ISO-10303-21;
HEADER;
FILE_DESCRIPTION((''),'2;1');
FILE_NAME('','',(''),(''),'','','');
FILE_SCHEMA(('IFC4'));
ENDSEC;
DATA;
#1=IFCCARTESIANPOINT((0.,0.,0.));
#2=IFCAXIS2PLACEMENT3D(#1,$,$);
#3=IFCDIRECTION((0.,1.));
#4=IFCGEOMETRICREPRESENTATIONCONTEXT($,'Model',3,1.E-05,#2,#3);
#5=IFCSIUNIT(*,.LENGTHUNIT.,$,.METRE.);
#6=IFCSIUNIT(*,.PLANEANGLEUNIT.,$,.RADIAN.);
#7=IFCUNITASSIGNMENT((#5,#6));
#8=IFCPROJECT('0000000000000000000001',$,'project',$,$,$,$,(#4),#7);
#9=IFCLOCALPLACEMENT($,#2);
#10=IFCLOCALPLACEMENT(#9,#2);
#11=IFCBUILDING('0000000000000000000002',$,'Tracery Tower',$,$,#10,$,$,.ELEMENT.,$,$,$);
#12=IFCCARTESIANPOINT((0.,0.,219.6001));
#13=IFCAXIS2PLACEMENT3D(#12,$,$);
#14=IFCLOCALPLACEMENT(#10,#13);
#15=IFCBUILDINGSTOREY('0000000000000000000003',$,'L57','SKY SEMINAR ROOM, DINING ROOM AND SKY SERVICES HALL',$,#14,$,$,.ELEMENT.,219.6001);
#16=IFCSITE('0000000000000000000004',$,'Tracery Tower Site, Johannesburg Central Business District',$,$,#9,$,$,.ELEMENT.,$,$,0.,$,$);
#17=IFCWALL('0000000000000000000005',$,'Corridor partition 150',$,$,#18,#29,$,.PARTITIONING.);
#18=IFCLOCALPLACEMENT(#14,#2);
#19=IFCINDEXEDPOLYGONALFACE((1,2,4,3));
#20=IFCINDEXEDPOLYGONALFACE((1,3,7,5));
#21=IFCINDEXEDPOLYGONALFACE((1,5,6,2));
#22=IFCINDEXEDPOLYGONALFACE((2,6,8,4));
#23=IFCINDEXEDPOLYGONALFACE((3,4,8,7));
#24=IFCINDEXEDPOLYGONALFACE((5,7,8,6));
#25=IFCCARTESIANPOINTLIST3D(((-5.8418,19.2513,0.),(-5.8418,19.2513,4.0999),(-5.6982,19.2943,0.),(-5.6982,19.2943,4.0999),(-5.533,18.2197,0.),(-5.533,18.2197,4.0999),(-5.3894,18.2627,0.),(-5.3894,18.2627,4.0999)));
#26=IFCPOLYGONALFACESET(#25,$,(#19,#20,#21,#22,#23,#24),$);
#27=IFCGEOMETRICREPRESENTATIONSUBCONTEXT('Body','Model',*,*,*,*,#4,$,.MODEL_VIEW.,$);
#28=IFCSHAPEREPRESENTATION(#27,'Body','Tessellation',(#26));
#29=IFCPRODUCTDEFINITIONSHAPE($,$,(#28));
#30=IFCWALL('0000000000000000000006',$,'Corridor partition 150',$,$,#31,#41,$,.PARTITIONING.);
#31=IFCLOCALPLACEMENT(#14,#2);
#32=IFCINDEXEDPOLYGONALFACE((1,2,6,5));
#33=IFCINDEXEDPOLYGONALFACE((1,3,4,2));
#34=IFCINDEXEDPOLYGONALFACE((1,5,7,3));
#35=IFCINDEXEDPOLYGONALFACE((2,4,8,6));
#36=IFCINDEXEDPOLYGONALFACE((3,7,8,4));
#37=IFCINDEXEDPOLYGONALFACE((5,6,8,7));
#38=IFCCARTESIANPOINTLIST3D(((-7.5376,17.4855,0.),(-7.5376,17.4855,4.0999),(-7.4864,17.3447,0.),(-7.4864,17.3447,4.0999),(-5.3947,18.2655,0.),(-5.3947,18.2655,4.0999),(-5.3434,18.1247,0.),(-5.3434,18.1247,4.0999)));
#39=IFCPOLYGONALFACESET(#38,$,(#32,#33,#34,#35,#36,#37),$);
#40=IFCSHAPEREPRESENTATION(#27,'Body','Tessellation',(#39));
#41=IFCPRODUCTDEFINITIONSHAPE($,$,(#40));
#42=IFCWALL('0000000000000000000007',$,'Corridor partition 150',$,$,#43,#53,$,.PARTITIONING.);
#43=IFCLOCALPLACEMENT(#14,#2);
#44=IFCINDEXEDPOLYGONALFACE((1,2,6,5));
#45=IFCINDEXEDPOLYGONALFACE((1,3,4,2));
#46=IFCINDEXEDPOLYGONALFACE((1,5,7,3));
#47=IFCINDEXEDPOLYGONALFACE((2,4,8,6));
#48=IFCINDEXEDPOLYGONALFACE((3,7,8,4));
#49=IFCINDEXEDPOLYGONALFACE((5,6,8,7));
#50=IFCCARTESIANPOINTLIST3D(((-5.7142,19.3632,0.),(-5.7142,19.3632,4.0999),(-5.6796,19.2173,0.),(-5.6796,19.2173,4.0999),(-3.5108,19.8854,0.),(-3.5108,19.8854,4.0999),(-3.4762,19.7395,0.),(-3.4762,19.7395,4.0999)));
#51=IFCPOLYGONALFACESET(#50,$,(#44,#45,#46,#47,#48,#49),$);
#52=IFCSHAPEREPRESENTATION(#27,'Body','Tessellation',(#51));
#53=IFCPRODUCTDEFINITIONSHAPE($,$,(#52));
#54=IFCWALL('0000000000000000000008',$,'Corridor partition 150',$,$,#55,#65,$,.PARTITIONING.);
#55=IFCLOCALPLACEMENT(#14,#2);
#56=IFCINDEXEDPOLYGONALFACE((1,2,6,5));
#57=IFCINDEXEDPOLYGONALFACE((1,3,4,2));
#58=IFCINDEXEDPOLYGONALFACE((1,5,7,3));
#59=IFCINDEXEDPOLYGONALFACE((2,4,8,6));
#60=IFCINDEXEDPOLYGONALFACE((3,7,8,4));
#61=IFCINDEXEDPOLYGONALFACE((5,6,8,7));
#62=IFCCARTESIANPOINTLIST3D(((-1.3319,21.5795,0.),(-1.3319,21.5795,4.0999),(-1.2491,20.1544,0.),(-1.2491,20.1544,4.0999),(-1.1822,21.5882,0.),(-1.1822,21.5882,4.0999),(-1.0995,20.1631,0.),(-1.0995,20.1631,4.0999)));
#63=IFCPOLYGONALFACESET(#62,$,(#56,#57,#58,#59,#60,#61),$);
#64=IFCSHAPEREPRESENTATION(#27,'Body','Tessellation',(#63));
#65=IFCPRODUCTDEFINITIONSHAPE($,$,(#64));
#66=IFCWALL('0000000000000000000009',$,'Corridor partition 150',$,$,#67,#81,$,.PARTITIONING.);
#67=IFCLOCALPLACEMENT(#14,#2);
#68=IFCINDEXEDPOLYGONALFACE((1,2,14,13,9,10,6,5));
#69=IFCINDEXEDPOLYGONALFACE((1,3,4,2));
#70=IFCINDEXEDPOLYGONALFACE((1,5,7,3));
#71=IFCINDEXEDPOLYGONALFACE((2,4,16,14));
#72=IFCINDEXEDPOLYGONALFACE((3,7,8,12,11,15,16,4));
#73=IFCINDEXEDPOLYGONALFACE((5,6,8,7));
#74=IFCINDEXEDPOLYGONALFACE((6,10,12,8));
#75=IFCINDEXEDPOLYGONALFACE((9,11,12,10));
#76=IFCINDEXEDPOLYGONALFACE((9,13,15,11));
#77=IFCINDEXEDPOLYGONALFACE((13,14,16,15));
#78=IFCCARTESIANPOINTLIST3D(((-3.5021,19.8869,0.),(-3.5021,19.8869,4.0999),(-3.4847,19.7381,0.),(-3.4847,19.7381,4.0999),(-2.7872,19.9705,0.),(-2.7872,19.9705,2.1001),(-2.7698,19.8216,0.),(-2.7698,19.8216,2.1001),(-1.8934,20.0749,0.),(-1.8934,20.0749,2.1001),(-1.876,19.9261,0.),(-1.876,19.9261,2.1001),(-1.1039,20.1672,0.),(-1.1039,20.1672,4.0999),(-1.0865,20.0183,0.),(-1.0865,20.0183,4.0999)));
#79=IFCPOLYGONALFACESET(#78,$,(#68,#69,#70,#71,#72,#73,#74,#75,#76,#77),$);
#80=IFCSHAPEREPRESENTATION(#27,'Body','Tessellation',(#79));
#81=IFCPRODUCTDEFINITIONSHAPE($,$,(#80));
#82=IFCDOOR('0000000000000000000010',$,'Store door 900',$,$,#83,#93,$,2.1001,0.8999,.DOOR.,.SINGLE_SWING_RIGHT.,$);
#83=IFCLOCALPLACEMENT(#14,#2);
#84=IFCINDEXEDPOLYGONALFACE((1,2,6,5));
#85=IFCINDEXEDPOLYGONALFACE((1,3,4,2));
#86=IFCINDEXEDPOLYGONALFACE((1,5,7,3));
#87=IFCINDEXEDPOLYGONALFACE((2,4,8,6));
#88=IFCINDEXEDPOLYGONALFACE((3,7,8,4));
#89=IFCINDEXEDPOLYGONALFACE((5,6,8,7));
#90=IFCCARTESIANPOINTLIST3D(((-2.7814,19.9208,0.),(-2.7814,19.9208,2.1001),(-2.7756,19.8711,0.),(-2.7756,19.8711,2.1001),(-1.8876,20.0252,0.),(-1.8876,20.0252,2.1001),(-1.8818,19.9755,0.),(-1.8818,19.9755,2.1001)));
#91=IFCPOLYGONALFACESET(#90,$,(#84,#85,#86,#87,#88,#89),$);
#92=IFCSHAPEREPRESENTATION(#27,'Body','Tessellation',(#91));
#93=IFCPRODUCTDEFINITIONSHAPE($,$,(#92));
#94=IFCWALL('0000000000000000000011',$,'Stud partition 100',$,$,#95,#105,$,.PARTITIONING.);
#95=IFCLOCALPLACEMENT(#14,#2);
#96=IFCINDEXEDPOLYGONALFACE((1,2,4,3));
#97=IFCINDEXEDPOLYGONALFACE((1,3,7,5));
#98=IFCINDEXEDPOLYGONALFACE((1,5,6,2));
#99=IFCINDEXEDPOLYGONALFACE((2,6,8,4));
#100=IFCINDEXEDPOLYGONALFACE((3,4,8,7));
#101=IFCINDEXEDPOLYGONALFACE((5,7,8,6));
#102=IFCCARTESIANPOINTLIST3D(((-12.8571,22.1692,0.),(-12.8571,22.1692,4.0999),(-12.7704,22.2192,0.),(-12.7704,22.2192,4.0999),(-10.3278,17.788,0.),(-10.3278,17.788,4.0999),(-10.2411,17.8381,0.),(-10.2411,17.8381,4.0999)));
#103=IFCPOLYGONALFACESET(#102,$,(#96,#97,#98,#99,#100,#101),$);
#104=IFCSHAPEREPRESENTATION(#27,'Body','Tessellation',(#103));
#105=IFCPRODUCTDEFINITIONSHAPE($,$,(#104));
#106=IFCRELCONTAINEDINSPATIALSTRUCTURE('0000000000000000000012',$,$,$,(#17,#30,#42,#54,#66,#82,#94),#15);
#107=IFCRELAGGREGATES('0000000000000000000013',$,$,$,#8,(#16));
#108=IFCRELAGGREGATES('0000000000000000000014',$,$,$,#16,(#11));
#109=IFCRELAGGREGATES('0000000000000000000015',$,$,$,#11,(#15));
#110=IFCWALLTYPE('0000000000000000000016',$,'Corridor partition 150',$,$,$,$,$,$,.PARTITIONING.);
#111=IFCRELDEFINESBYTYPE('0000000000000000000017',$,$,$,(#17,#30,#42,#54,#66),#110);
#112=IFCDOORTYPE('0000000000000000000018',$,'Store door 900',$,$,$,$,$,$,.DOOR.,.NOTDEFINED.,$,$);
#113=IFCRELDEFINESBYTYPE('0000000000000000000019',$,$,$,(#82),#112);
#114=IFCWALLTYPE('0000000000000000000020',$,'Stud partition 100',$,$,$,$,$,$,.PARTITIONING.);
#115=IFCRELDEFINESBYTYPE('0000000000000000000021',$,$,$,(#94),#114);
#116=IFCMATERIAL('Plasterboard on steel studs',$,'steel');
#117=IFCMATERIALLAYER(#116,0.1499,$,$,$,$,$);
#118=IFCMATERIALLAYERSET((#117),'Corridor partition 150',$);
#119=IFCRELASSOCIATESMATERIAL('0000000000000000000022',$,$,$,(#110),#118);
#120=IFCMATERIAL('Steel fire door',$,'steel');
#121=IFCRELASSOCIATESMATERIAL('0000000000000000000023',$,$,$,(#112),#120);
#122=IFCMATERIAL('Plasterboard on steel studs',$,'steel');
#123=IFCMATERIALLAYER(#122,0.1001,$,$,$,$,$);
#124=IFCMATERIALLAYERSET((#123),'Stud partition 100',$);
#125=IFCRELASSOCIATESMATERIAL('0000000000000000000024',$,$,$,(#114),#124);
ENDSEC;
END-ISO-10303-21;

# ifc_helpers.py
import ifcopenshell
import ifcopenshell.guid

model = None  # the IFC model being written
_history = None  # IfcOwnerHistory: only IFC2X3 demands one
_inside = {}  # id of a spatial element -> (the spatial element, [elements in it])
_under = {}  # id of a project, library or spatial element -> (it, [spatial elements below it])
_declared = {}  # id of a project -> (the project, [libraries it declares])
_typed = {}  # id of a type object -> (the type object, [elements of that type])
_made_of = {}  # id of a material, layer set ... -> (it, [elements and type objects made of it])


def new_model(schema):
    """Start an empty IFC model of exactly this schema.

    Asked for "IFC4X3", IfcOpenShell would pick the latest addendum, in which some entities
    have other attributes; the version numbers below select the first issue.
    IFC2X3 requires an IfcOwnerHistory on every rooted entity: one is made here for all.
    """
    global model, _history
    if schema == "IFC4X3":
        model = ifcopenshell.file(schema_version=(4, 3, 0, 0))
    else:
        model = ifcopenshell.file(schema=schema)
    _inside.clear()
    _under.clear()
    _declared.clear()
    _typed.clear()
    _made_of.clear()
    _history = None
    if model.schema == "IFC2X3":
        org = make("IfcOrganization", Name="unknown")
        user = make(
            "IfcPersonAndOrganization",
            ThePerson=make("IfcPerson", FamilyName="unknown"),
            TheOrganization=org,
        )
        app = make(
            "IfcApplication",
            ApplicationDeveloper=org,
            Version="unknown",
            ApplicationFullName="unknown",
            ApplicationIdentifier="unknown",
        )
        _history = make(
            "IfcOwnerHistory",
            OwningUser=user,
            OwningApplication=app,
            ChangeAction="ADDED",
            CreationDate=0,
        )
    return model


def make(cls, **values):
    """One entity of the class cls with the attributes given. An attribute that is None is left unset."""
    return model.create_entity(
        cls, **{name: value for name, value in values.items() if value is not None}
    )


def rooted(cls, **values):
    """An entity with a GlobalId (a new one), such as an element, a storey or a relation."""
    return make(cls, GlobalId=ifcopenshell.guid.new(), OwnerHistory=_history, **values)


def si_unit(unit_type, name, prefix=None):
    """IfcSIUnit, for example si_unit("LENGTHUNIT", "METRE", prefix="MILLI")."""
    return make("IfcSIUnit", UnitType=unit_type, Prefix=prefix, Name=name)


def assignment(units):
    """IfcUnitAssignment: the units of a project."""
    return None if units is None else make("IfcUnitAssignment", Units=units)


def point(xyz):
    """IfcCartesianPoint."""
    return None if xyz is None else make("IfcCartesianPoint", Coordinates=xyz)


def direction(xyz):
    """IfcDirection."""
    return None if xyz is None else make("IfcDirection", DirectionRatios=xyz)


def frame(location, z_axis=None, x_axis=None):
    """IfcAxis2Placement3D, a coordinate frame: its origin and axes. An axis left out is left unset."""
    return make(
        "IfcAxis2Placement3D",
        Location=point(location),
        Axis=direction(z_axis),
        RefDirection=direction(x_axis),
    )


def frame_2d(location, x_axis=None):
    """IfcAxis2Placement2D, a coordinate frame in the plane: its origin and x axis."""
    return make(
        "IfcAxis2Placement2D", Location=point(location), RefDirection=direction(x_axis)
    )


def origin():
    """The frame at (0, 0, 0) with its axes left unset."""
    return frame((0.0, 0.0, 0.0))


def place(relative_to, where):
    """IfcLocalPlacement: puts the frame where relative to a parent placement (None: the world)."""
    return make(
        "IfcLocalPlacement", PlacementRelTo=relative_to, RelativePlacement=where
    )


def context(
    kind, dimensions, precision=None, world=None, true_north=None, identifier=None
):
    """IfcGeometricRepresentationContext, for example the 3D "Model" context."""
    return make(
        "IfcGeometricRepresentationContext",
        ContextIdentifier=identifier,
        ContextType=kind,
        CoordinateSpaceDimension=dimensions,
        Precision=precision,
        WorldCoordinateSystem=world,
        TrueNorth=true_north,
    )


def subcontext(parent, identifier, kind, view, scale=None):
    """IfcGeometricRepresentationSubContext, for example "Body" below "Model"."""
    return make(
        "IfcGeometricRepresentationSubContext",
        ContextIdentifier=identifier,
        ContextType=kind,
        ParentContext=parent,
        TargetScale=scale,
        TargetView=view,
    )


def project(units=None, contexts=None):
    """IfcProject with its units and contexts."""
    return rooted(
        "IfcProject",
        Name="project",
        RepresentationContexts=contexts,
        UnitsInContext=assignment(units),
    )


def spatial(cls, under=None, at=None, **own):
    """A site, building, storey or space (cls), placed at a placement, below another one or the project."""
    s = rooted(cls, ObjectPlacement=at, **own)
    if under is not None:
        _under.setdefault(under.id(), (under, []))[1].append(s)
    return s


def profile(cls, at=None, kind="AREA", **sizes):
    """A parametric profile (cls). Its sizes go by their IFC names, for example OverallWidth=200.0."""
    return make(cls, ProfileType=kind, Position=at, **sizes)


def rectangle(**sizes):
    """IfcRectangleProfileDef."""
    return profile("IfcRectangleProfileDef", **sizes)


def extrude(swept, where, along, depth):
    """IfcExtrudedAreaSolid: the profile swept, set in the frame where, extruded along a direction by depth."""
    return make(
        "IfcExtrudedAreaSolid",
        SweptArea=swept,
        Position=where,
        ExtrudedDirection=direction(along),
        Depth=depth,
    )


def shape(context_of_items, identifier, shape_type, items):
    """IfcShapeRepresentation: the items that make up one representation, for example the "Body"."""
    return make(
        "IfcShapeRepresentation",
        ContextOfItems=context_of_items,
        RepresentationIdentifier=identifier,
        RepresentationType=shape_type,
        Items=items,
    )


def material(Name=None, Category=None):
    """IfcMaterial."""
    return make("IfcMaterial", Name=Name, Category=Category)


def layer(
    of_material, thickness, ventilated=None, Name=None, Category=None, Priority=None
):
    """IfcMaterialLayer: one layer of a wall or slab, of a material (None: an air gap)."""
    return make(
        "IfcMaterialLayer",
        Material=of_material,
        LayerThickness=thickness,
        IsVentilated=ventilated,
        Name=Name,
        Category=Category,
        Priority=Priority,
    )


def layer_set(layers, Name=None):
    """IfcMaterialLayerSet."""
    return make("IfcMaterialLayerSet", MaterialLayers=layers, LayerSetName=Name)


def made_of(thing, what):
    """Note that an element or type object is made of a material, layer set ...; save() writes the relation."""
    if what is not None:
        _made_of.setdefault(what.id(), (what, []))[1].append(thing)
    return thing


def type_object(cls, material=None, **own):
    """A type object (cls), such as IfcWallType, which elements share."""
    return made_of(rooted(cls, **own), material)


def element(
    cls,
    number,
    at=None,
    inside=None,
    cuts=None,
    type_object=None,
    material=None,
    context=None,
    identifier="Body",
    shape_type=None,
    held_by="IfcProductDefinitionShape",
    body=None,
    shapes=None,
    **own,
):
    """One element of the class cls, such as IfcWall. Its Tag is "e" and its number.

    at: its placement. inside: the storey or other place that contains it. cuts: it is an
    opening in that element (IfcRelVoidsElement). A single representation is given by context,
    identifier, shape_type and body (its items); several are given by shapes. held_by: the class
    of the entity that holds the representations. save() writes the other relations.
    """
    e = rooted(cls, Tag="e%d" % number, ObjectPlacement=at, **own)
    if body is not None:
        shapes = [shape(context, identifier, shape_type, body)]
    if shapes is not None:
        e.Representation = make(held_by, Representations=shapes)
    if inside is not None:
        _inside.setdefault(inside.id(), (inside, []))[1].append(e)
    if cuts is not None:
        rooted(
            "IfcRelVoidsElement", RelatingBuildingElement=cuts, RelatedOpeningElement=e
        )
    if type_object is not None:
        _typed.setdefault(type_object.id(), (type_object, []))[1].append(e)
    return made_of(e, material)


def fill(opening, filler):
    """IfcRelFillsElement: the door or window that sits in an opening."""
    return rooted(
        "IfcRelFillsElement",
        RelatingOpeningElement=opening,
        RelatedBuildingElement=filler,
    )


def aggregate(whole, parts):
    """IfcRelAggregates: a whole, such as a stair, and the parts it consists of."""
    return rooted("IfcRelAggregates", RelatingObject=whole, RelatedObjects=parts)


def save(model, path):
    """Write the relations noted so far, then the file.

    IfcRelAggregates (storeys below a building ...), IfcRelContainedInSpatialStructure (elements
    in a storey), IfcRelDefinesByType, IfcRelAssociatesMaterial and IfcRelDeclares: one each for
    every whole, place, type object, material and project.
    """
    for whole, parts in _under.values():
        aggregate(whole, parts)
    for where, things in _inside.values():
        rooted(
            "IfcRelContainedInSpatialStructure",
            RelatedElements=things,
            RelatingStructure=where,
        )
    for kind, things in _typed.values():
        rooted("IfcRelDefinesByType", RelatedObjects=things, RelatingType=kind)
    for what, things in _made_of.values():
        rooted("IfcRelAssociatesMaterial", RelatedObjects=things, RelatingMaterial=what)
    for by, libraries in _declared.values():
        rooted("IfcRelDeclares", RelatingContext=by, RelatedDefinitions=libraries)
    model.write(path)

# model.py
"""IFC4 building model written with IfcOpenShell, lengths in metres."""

from ifc_helpers import new_model, si_unit, direction, frame, frame_2d, origin, place, context, subcontext, project, spatial, rectangle, extrude, material, layer, layer_set, type_object, element, fill, save


model = new_model("IFC4")

# Units and contexts
model_context = context("Model", 3, precision=1e-05, world=origin(), true_north=direction((0.0, 1.0)))
body_context = subcontext(model_context, "Body", "Model", "MODEL_VIEW")
ifc_project = project(units=[si_unit("LENGTHUNIT", "METRE"), si_unit("PLANEANGLEUNIT", "RADIAN")], contexts=[model_context])

# Site, building, storey
site_placement = place(None, origin())
site = spatial("IfcSite", under=ifc_project, at=site_placement, Name="Tracery Tower Site, Johannesburg Central Business District", CompositionType="ELEMENT", RefElevation=0.0)
building_placement = place(site_placement, origin())
building = spatial("IfcBuilding", under=site, at=building_placement, Name="Tracery Tower", CompositionType="ELEMENT")
storey_placement = place(building_placement, frame((0.0, 0.0, 219.6001)))
storey = spatial("IfcBuildingStorey", under=building, at=storey_placement, Name="L57", Description="SKY SEMINAR ROOM, DINING ROOM AND SKY SERVICES HALL", CompositionType="ELEMENT", Elevation=219.6001)

# Walls
ifc_material_1 = material(Name="Plasterboard on steel studs", Category="steel")
ifc_layer_1 = layer(ifc_material_1, 0.1499)
ifc_layer_set_1 = layer_set([ifc_layer_1], Name="Corridor partition 150")
wall_type_1 = type_object("IfcWallType", Name="Corridor partition 150", PredefinedType="PARTITIONING", material=ifc_layer_set_1)
wall_1_placement = place(storey_placement, frame((-5.77, 19.2729, 0.0), z_axis=(0.0, 0.0, 1.0), x_axis=(0.286766, -0.958001, 0.0)))
element("IfcWall", 1, at=wall_1_placement, inside=storey, type_object=wall_type_1, Name="Corridor partition 150", PredefinedType="PARTITIONING", context=body_context, shape_type="SweptSolid", body=[
    extrude(rectangle(XDim=1.0769, YDim=0.1499, at=frame_2d((0.5386, 0.0))), origin(), (0.0, 0.0, 1.0), 4.0999),
])
wall_2_placement = place(storey_placement, frame((-5.3691, 18.1951, 0.0), z_axis=(0.0, 0.0, 1.0), x_axis=(-0.93969, -0.342027, 0.0)))
element("IfcWall", 2, at=wall_2_placement, inside=storey, type_object=wall_type_1, Name="Corridor partition 150", PredefinedType="PARTITIONING", context=body_context, shape_type="SweptSolid", body=[
    extrude(rectangle(XDim=2.2805, YDim=0.1499, at=frame_2d((1.1401, 0.0))), origin(), (0.0, 0.0, 1.0), 4.0999),
])
wall_3_placement = place(storey_placement, frame((-3.4934, 19.8125, 0.0), z_axis=(0.0, 0.0, 1.0), x_axis=(-0.973044, -0.23062, 0.0)))
element("IfcWall", 3, at=wall_3_placement, inside=storey, type_object=wall_type_1, Name="Corridor partition 150", PredefinedType="PARTITIONING", context=body_context, shape_type="SweptSolid", body=[
    extrude(rectangle(XDim=2.2644, YDim=0.1499, at=frame_2d((1.1323, 0.0))), origin(), (0.0, 0.0, 1.0), 4.0999),
])
wall_4_placement = place(storey_placement, frame((-1.2571, 21.584, 0.0), z_axis=(0.0, 0.0, 1.0), x_axis=(0.05798, -0.998318, 0.0)))
element("IfcWall", 4, at=wall_4_placement, inside=storey, type_object=wall_type_1, Name="Corridor partition 150", PredefinedType="PARTITIONING", context=body_context, shape_type="SweptSolid", body=[
    extrude(rectangle(XDim=1.4275, YDim=0.1499, at=frame_2d((0.7139, 0.0))), origin(), (0.0, 0.0, 1.0), 4.0999),
])

# Wall, opening, door
wall_5_placement = place(storey_placement, frame((-3.4934, 19.8125, 0.0), z_axis=(0.0, 0.0, 1.0), x_axis=(0.99324, 0.116079, 0.0)))
wall_5 = element("IfcWall", 5, at=wall_5_placement, inside=storey, type_object=wall_type_1, Name="Corridor partition 150", PredefinedType="PARTITIONING", context=body_context, shape_type="SweptSolid", body=[
    extrude(rectangle(XDim=2.4146, YDim=0.1499, at=frame_2d((1.2073, 0.0))), origin(), (0.0, 0.0, 1.0), 4.0999),
])
opening_placement = place(wall_5_placement, frame((0.7197, 0.0, 0.0)))
opening = element("IfcOpeningElement", 6, at=opening_placement, cuts=wall_5, PredefinedType="OPENING", context=body_context, shape_type="SweptSolid", body=[
    extrude(rectangle(XDim=0.8999, YDim=2.1001, at=frame_2d((0.45, 1.05))), frame((0.0, 0.075, 0.0), z_axis=(0.0, -1.0, 0.0), x_axis=(1.0, 0.0, 0.0)), (0.0, 0.0, 1.0), 0.1499),
])
ifc_material_2 = material(Name="Steel fire door", Category="steel")
door_type = type_object("IfcDoorType", Name="Store door 900", OperationType="NOTDEFINED", PredefinedType="DOOR", material=ifc_material_2)
door_placement = place(opening_placement, origin())
door = element("IfcDoor", 7, at=door_placement, inside=storey, type_object=door_type, Name="Store door 900", OperationType="SINGLE_SWING_RIGHT", OverallHeight=2.1001, OverallWidth=0.8999, PredefinedType="DOOR", context=body_context, shape_type="SweptSolid", body=[
    extrude(rectangle(XDim=0.8999, YDim=2.1001, at=frame_2d((0.45, 1.05))), frame((0.0, 0.0249, 0.0), z_axis=(0.0, -1.0, 0.0), x_axis=(1.0, 0.0, 0.0)), (0.0, 0.0, 1.0), 0.05),
])
fill(opening, door)

# Wall
ifc_material_3 = material(Name="Plasterboard on steel studs", Category="steel")
ifc_layer_2 = layer(ifc_material_3, 0.1001)
ifc_layer_set_2 = layer_set([ifc_layer_2], Name="Stud partition 100")
wall_type_2 = type_object("IfcWallType", Name="Stud partition 100", PredefinedType="PARTITIONING", material=ifc_layer_set_2)
wall_6_placement = place(storey_placement, frame((-12.8137, 22.1941, 0.0), z_axis=(0.0, 0.0, 1.0), x_axis=(0.49998, -0.866037, 0.0)))
element("IfcWall", 8, at=wall_6_placement, inside=storey, type_object=wall_type_2, Name="Stud partition 100", PredefinedType="PARTITIONING", context=body_context, shape_type="SweptSolid", body=[
    extrude(rectangle(XDim=5.0588, YDim=0.1001, at=frame_2d((2.5293, 0.0))), origin(), (0.0, 0.0, 1.0), 4.0999),
])

save(model, "model.ifc")
